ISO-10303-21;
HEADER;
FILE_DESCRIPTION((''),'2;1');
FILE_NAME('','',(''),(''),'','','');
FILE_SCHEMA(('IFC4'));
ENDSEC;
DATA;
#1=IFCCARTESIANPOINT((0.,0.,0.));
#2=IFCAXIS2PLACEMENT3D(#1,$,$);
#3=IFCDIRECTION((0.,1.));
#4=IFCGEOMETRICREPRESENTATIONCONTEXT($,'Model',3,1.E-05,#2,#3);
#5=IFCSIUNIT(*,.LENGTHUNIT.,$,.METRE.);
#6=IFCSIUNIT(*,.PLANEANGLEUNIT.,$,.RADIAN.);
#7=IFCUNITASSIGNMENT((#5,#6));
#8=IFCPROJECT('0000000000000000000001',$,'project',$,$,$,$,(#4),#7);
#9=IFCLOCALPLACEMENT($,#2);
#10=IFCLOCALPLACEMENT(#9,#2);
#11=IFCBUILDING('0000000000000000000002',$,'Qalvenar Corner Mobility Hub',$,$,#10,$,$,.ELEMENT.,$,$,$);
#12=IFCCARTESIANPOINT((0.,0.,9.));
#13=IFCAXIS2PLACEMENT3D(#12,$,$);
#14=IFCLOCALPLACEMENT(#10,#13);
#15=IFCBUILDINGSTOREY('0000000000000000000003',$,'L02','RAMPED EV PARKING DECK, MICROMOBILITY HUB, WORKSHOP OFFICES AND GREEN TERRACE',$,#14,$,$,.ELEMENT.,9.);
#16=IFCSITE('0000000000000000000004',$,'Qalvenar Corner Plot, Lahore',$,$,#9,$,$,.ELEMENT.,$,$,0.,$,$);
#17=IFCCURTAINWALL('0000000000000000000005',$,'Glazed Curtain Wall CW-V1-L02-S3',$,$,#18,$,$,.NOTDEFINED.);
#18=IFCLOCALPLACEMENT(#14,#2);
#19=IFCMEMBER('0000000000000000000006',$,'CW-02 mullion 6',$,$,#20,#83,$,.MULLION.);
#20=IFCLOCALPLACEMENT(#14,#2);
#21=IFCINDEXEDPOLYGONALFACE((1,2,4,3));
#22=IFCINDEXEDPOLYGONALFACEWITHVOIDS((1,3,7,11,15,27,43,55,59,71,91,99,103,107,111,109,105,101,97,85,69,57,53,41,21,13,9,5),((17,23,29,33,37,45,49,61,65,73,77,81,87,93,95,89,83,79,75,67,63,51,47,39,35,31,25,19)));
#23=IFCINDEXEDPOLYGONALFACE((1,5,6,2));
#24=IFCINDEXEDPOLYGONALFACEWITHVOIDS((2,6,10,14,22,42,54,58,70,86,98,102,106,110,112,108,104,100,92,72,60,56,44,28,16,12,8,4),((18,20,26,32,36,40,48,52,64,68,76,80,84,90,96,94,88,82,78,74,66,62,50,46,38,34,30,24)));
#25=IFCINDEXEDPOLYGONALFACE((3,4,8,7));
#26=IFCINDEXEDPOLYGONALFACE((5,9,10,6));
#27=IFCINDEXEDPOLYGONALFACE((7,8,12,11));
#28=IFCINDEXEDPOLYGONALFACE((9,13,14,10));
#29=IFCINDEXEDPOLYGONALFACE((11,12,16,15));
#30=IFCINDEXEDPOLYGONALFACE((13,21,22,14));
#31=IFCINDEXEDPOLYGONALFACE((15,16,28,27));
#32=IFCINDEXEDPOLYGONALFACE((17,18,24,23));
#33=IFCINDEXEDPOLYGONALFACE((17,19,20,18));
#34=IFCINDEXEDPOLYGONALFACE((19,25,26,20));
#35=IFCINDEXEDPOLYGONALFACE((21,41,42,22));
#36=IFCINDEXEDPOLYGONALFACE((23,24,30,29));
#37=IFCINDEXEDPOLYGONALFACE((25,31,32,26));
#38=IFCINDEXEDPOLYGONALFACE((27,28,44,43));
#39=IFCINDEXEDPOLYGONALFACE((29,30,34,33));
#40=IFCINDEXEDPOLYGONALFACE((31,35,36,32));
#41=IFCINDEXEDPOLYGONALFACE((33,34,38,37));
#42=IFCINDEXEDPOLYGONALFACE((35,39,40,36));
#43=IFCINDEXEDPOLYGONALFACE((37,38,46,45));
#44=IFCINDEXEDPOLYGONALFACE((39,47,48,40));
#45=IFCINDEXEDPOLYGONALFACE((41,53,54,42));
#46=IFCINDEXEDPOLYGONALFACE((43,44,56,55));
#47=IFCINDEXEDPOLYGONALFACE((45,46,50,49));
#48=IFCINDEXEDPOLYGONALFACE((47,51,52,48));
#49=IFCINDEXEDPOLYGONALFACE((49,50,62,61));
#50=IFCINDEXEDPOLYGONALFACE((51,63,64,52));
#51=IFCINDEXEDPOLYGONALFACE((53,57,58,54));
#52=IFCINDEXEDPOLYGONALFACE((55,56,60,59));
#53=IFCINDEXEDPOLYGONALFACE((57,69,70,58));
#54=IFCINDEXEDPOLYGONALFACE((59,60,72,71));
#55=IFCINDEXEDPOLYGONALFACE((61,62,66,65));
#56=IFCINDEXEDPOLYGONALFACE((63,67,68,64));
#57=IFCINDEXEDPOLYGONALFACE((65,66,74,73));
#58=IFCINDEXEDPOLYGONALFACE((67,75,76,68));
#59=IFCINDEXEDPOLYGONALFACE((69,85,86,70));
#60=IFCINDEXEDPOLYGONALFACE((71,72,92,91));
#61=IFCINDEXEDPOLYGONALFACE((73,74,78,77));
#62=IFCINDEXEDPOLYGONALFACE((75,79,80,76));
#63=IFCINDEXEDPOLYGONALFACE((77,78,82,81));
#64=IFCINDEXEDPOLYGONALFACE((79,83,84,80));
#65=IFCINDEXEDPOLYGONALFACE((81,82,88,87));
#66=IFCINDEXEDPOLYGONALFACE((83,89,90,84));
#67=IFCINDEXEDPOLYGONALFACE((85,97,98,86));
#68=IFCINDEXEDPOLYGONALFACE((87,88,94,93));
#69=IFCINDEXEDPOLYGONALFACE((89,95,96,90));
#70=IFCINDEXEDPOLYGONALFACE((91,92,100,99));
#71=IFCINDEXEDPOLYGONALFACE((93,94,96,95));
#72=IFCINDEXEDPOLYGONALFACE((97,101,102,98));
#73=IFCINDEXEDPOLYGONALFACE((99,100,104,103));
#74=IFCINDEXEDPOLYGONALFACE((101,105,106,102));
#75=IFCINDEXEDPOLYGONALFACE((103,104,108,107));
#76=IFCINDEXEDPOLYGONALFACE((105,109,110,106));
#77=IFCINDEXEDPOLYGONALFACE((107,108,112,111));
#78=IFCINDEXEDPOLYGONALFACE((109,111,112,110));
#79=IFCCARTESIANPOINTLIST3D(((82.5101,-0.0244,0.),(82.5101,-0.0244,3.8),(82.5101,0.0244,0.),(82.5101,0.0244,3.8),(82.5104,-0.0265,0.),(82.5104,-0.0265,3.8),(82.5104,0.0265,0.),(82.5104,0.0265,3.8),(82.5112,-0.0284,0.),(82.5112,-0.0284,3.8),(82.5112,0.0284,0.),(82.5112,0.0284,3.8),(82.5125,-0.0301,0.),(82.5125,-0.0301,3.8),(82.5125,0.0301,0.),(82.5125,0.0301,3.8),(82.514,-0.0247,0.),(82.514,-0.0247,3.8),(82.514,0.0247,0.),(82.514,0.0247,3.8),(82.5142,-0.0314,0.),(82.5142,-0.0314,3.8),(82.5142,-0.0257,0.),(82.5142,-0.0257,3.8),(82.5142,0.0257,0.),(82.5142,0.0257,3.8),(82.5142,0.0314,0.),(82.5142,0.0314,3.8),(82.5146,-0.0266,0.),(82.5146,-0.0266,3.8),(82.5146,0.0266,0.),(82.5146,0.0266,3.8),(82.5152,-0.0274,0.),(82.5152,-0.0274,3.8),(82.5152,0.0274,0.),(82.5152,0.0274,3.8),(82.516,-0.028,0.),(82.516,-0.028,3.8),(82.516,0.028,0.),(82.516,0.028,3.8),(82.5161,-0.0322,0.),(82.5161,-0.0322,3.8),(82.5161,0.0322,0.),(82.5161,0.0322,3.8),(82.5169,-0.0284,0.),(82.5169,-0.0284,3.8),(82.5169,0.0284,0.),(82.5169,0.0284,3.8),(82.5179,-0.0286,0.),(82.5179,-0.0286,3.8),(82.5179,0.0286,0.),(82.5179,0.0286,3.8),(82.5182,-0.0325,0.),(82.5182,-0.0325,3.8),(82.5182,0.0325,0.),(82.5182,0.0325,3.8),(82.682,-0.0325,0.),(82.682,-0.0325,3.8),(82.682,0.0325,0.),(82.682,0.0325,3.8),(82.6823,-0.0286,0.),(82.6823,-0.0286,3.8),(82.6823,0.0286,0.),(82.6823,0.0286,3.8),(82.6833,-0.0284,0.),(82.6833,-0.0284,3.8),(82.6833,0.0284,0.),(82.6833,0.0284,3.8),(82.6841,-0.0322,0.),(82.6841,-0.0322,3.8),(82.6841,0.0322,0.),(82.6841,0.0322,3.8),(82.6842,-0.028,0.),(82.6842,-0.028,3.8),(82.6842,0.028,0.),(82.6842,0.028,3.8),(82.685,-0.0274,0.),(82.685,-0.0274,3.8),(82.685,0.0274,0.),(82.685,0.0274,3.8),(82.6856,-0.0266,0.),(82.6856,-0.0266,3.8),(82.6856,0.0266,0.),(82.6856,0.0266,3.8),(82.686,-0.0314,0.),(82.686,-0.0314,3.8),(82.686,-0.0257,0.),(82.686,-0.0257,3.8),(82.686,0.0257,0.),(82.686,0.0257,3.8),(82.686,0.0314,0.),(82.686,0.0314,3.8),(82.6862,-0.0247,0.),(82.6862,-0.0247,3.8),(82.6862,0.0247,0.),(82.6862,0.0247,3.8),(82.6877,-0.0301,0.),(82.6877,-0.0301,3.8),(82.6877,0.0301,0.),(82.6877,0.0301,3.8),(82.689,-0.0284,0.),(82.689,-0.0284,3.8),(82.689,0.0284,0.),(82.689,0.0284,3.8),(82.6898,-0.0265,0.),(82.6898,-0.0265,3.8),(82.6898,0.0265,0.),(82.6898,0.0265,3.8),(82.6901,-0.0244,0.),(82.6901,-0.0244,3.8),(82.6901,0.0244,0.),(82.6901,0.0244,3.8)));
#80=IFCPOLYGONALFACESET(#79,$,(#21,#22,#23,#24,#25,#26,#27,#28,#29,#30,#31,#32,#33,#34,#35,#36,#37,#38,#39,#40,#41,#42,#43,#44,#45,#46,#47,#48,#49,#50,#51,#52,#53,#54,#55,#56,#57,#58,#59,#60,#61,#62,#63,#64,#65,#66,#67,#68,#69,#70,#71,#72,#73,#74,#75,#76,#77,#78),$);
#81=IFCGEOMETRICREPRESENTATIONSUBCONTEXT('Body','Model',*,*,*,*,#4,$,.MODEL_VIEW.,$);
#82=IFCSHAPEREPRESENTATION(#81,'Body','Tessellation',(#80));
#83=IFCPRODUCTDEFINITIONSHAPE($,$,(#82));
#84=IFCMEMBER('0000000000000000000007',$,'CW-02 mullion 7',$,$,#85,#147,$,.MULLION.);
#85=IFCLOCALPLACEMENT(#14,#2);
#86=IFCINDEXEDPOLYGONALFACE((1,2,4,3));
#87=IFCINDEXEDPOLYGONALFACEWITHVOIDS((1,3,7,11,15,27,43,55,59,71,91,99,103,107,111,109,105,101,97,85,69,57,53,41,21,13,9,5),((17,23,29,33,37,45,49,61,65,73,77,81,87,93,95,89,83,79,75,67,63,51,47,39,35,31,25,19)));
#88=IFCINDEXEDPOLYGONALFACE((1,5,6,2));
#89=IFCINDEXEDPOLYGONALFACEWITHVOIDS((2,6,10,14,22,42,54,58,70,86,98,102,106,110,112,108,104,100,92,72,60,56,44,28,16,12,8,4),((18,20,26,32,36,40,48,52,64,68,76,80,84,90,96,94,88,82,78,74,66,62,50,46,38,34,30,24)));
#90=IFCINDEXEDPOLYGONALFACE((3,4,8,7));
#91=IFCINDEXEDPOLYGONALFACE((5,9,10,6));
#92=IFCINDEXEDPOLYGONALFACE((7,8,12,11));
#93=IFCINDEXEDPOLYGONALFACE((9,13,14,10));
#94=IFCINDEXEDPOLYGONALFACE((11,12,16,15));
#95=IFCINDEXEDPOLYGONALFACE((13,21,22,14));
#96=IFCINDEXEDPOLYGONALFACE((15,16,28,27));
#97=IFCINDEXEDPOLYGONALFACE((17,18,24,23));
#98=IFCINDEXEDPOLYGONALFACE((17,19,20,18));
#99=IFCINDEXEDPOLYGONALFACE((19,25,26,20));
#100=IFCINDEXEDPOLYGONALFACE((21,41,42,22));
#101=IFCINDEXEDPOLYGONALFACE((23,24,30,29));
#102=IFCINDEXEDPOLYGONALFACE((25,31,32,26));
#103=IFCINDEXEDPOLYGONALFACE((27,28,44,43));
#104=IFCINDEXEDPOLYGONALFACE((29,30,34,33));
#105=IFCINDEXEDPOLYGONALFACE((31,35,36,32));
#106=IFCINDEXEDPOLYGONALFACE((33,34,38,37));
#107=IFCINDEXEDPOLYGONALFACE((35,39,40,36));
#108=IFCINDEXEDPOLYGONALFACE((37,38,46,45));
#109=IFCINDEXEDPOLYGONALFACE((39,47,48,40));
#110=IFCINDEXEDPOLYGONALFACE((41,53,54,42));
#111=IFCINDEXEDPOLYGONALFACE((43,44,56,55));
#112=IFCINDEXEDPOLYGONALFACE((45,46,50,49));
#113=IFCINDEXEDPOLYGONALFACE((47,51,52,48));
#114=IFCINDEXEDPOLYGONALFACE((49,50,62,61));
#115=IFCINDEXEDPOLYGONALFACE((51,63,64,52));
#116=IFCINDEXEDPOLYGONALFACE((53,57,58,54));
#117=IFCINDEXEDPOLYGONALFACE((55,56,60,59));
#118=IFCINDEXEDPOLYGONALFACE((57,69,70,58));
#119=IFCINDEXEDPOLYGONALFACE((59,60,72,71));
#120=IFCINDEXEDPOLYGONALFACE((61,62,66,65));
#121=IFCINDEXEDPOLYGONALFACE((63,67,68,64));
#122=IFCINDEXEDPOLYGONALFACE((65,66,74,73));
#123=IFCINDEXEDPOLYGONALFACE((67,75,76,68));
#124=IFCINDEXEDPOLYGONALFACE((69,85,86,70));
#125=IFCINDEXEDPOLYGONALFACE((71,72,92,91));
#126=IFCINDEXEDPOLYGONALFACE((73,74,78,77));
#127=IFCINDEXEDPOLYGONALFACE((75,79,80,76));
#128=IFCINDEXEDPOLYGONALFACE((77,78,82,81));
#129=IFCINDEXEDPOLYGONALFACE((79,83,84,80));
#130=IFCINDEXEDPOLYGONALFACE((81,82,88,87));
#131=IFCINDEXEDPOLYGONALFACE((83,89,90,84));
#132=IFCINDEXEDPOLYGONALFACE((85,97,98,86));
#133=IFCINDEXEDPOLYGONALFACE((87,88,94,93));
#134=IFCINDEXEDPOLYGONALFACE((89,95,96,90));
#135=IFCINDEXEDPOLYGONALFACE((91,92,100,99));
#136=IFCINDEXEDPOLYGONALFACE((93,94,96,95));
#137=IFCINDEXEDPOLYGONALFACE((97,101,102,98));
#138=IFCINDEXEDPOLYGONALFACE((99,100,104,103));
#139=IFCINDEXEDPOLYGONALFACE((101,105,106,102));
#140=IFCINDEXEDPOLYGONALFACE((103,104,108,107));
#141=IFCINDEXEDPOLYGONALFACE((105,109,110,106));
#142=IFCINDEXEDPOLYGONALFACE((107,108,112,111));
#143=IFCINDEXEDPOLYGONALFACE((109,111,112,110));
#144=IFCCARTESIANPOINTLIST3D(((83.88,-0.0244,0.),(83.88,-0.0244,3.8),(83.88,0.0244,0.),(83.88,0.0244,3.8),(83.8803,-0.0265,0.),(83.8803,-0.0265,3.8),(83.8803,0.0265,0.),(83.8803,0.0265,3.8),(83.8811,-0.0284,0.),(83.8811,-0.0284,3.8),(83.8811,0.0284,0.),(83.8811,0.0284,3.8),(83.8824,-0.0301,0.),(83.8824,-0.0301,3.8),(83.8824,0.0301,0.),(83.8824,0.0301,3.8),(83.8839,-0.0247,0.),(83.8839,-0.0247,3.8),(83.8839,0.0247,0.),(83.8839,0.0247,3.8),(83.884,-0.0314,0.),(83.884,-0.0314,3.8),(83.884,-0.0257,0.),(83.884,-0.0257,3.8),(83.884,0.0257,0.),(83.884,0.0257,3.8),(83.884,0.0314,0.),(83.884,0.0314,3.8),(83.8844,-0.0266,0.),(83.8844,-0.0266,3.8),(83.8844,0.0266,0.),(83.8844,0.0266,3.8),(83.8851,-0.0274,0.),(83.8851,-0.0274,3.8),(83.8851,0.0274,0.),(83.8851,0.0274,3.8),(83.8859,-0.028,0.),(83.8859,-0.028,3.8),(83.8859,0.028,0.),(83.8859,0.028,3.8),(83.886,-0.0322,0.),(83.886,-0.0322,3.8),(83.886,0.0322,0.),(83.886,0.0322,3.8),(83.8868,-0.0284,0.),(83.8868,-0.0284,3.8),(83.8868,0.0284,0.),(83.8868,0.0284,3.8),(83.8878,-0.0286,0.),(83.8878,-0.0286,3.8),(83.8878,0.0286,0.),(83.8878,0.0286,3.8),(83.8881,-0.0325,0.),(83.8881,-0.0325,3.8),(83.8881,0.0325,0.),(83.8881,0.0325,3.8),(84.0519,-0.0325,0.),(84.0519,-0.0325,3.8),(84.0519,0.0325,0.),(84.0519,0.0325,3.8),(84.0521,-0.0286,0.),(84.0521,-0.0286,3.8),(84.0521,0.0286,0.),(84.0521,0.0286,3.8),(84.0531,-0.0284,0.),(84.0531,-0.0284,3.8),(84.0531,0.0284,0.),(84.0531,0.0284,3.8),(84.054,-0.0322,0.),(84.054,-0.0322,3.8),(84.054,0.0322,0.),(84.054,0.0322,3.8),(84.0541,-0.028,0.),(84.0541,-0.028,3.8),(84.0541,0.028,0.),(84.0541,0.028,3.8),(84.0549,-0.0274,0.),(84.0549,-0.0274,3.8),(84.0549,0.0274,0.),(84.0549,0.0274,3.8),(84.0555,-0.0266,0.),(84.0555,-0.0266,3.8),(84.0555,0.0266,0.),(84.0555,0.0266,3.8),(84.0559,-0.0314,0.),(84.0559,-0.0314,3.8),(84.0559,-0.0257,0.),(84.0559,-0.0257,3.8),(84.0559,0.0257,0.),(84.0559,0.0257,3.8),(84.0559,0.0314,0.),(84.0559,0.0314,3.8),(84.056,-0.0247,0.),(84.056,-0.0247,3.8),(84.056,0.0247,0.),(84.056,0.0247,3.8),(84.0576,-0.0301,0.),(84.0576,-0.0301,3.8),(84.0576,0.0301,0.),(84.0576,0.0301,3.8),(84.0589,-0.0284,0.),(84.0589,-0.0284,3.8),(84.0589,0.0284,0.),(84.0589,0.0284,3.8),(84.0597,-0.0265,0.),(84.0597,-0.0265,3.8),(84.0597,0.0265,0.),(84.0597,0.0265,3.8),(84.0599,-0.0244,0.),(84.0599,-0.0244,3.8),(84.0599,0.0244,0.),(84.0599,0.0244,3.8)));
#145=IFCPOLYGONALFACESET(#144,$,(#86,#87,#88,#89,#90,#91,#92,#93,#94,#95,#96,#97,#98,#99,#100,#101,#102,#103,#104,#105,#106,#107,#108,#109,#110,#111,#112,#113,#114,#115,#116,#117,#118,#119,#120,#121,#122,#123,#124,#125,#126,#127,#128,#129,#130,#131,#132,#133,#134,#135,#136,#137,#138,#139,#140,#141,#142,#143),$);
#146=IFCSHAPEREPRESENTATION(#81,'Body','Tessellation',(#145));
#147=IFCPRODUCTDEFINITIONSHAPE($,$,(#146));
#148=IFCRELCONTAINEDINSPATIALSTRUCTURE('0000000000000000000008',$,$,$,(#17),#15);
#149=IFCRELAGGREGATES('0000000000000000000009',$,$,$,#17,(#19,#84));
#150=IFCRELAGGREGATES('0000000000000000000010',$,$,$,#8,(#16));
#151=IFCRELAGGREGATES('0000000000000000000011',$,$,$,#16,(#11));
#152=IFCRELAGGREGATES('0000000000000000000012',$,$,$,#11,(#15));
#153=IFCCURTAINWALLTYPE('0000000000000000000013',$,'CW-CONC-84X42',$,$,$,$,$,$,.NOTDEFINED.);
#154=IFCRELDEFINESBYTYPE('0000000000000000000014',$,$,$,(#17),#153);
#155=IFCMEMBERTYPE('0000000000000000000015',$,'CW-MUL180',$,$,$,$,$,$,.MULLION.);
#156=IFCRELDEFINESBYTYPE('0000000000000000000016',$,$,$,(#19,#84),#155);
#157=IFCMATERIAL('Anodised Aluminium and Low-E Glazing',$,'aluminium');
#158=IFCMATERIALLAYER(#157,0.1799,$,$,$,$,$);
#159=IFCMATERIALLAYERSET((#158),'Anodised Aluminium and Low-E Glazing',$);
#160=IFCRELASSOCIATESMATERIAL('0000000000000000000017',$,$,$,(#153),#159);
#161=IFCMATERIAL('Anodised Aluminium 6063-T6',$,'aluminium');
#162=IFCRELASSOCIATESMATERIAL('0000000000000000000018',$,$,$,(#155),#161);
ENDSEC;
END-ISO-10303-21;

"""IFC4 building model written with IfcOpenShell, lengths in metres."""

from ifc_helpers import new_model, si_unit, direction, frame, origin, origin_2d, place, context, subcontext, project, spatial, hollow_rectangle, extrude, material, layer, layer_set, material_profile, profile_set, type_object, element, aggregate, save


model = new_model("IFC4")

# Units and contexts
model_context = context("Model", 3, precision=1e-05, world=origin(), true_north=direction((0.0, 1.0)))
body_context = subcontext(model_context, "Body", "Model", "MODEL_VIEW")
ifc_project = project(units=[si_unit("LENGTHUNIT", "METRE"), si_unit("PLANEANGLEUNIT", "RADIAN")], contexts=[model_context])

# Site, building, storey
site_placement = place(None, origin())
site = spatial("IfcSite", under=ifc_project, at=site_placement, Name="Qalvenar Corner Plot, Lahore", CompositionType="ELEMENT", RefElevation=0.0)
building_placement = place(site_placement, origin())
building = spatial("IfcBuilding", under=site, at=building_placement, Name="Qalvenar Corner Mobility Hub", CompositionType="ELEMENT")
storey_placement = place(building_placement, frame((0.0, 0.0, 9.0)))
storey = spatial("IfcBuildingStorey", under=building, at=storey_placement, Name="L02", Description="RAMPED EV PARKING DECK, MICROMOBILITY HUB, WORKSHOP OFFICES AND GREEN TERRACE", CompositionType="ELEMENT", Elevation=9.0)

# Curtain wall, members
ifc_material_1 = material(Name="Anodised Aluminium and Low-E Glazing", Category="aluminium")
ifc_layer_1 = layer(ifc_material_1, 0.1799)
ifc_layer_set_1 = layer_set([ifc_layer_1], Name="Anodised Aluminium and Low-E Glazing")
curtain_wall_type = type_object("IfcCurtainWallType", Name="CW-CONC-84X42", PredefinedType="NOTDEFINED", material=ifc_layer_set_1)
curtain_wall_1_placement = place(storey_placement, origin())
curtain_wall_1 = element("IfcCurtainWall", 1, at=curtain_wall_1_placement, inside=storey, type_object=curtain_wall_type, Name="Glazed Curtain Wall CW-V1-L02-S3", PredefinedType="NOTDEFINED")
ifc_material_2 = material(Name="Anodised Aluminium 6063-T6", Category="aluminium")
ifc_material_profile_1 = material_profile(ifc_material_2, hollow_rectangle(XDim=0.0649, YDim=0.1799, WallThickness=0.0039, InnerFilletRadius=0.0039, OuterFilletRadius=0.0081, at=origin_2d()), Name="RHS180x65x4")
ifc_profile_set_1 = profile_set([ifc_material_profile_1], Name="Anodised Aluminium 6063-T6")
member_type_1 = type_object("IfcMemberType", Name="CW-MUL180", PredefinedType="MULLION", material=ifc_profile_set_1)
member_1_placement = place(storey_placement, frame((82.6001, 0.0, 0.0), z_axis=(0.0, 0.0, 1.0), x_axis=(0.0, 1.0, 0.0)))
member_1 = element("IfcMember", 2, at=member_1_placement, type_object=member_type_1, Name="CW-02 mullion 6", PredefinedType="MULLION", context=body_context, shape_type="SweptSolid", body=[
    extrude(hollow_rectangle(XDim=0.0649, YDim=0.1799, WallThickness=0.0039, InnerFilletRadius=0.0039, OuterFilletRadius=0.0081, at=origin_2d()), origin(), (0.0, 0.0, 1.0), 3.8),
])
member_2_placement = place(storey_placement, frame((83.97, 0.0, 0.0), z_axis=(0.0, 0.0, 1.0), x_axis=(0.0, 1.0, 0.0)))
member_2 = element("IfcMember", 3, at=member_2_placement, type_object=member_type_1, Name="CW-02 mullion 7", PredefinedType="MULLION", context=body_context, shape_type="SweptSolid", body=[
    extrude(hollow_rectangle(XDim=0.0649, YDim=0.1799, WallThickness=0.0039, InnerFilletRadius=0.0039, OuterFilletRadius=0.0081, at=origin_2d()), origin(), (0.0, 0.0, 1.0), 3.8),
])

aggregate(curtain_wall_1, [member_1, member_2])

save(model, "model.ifc")
